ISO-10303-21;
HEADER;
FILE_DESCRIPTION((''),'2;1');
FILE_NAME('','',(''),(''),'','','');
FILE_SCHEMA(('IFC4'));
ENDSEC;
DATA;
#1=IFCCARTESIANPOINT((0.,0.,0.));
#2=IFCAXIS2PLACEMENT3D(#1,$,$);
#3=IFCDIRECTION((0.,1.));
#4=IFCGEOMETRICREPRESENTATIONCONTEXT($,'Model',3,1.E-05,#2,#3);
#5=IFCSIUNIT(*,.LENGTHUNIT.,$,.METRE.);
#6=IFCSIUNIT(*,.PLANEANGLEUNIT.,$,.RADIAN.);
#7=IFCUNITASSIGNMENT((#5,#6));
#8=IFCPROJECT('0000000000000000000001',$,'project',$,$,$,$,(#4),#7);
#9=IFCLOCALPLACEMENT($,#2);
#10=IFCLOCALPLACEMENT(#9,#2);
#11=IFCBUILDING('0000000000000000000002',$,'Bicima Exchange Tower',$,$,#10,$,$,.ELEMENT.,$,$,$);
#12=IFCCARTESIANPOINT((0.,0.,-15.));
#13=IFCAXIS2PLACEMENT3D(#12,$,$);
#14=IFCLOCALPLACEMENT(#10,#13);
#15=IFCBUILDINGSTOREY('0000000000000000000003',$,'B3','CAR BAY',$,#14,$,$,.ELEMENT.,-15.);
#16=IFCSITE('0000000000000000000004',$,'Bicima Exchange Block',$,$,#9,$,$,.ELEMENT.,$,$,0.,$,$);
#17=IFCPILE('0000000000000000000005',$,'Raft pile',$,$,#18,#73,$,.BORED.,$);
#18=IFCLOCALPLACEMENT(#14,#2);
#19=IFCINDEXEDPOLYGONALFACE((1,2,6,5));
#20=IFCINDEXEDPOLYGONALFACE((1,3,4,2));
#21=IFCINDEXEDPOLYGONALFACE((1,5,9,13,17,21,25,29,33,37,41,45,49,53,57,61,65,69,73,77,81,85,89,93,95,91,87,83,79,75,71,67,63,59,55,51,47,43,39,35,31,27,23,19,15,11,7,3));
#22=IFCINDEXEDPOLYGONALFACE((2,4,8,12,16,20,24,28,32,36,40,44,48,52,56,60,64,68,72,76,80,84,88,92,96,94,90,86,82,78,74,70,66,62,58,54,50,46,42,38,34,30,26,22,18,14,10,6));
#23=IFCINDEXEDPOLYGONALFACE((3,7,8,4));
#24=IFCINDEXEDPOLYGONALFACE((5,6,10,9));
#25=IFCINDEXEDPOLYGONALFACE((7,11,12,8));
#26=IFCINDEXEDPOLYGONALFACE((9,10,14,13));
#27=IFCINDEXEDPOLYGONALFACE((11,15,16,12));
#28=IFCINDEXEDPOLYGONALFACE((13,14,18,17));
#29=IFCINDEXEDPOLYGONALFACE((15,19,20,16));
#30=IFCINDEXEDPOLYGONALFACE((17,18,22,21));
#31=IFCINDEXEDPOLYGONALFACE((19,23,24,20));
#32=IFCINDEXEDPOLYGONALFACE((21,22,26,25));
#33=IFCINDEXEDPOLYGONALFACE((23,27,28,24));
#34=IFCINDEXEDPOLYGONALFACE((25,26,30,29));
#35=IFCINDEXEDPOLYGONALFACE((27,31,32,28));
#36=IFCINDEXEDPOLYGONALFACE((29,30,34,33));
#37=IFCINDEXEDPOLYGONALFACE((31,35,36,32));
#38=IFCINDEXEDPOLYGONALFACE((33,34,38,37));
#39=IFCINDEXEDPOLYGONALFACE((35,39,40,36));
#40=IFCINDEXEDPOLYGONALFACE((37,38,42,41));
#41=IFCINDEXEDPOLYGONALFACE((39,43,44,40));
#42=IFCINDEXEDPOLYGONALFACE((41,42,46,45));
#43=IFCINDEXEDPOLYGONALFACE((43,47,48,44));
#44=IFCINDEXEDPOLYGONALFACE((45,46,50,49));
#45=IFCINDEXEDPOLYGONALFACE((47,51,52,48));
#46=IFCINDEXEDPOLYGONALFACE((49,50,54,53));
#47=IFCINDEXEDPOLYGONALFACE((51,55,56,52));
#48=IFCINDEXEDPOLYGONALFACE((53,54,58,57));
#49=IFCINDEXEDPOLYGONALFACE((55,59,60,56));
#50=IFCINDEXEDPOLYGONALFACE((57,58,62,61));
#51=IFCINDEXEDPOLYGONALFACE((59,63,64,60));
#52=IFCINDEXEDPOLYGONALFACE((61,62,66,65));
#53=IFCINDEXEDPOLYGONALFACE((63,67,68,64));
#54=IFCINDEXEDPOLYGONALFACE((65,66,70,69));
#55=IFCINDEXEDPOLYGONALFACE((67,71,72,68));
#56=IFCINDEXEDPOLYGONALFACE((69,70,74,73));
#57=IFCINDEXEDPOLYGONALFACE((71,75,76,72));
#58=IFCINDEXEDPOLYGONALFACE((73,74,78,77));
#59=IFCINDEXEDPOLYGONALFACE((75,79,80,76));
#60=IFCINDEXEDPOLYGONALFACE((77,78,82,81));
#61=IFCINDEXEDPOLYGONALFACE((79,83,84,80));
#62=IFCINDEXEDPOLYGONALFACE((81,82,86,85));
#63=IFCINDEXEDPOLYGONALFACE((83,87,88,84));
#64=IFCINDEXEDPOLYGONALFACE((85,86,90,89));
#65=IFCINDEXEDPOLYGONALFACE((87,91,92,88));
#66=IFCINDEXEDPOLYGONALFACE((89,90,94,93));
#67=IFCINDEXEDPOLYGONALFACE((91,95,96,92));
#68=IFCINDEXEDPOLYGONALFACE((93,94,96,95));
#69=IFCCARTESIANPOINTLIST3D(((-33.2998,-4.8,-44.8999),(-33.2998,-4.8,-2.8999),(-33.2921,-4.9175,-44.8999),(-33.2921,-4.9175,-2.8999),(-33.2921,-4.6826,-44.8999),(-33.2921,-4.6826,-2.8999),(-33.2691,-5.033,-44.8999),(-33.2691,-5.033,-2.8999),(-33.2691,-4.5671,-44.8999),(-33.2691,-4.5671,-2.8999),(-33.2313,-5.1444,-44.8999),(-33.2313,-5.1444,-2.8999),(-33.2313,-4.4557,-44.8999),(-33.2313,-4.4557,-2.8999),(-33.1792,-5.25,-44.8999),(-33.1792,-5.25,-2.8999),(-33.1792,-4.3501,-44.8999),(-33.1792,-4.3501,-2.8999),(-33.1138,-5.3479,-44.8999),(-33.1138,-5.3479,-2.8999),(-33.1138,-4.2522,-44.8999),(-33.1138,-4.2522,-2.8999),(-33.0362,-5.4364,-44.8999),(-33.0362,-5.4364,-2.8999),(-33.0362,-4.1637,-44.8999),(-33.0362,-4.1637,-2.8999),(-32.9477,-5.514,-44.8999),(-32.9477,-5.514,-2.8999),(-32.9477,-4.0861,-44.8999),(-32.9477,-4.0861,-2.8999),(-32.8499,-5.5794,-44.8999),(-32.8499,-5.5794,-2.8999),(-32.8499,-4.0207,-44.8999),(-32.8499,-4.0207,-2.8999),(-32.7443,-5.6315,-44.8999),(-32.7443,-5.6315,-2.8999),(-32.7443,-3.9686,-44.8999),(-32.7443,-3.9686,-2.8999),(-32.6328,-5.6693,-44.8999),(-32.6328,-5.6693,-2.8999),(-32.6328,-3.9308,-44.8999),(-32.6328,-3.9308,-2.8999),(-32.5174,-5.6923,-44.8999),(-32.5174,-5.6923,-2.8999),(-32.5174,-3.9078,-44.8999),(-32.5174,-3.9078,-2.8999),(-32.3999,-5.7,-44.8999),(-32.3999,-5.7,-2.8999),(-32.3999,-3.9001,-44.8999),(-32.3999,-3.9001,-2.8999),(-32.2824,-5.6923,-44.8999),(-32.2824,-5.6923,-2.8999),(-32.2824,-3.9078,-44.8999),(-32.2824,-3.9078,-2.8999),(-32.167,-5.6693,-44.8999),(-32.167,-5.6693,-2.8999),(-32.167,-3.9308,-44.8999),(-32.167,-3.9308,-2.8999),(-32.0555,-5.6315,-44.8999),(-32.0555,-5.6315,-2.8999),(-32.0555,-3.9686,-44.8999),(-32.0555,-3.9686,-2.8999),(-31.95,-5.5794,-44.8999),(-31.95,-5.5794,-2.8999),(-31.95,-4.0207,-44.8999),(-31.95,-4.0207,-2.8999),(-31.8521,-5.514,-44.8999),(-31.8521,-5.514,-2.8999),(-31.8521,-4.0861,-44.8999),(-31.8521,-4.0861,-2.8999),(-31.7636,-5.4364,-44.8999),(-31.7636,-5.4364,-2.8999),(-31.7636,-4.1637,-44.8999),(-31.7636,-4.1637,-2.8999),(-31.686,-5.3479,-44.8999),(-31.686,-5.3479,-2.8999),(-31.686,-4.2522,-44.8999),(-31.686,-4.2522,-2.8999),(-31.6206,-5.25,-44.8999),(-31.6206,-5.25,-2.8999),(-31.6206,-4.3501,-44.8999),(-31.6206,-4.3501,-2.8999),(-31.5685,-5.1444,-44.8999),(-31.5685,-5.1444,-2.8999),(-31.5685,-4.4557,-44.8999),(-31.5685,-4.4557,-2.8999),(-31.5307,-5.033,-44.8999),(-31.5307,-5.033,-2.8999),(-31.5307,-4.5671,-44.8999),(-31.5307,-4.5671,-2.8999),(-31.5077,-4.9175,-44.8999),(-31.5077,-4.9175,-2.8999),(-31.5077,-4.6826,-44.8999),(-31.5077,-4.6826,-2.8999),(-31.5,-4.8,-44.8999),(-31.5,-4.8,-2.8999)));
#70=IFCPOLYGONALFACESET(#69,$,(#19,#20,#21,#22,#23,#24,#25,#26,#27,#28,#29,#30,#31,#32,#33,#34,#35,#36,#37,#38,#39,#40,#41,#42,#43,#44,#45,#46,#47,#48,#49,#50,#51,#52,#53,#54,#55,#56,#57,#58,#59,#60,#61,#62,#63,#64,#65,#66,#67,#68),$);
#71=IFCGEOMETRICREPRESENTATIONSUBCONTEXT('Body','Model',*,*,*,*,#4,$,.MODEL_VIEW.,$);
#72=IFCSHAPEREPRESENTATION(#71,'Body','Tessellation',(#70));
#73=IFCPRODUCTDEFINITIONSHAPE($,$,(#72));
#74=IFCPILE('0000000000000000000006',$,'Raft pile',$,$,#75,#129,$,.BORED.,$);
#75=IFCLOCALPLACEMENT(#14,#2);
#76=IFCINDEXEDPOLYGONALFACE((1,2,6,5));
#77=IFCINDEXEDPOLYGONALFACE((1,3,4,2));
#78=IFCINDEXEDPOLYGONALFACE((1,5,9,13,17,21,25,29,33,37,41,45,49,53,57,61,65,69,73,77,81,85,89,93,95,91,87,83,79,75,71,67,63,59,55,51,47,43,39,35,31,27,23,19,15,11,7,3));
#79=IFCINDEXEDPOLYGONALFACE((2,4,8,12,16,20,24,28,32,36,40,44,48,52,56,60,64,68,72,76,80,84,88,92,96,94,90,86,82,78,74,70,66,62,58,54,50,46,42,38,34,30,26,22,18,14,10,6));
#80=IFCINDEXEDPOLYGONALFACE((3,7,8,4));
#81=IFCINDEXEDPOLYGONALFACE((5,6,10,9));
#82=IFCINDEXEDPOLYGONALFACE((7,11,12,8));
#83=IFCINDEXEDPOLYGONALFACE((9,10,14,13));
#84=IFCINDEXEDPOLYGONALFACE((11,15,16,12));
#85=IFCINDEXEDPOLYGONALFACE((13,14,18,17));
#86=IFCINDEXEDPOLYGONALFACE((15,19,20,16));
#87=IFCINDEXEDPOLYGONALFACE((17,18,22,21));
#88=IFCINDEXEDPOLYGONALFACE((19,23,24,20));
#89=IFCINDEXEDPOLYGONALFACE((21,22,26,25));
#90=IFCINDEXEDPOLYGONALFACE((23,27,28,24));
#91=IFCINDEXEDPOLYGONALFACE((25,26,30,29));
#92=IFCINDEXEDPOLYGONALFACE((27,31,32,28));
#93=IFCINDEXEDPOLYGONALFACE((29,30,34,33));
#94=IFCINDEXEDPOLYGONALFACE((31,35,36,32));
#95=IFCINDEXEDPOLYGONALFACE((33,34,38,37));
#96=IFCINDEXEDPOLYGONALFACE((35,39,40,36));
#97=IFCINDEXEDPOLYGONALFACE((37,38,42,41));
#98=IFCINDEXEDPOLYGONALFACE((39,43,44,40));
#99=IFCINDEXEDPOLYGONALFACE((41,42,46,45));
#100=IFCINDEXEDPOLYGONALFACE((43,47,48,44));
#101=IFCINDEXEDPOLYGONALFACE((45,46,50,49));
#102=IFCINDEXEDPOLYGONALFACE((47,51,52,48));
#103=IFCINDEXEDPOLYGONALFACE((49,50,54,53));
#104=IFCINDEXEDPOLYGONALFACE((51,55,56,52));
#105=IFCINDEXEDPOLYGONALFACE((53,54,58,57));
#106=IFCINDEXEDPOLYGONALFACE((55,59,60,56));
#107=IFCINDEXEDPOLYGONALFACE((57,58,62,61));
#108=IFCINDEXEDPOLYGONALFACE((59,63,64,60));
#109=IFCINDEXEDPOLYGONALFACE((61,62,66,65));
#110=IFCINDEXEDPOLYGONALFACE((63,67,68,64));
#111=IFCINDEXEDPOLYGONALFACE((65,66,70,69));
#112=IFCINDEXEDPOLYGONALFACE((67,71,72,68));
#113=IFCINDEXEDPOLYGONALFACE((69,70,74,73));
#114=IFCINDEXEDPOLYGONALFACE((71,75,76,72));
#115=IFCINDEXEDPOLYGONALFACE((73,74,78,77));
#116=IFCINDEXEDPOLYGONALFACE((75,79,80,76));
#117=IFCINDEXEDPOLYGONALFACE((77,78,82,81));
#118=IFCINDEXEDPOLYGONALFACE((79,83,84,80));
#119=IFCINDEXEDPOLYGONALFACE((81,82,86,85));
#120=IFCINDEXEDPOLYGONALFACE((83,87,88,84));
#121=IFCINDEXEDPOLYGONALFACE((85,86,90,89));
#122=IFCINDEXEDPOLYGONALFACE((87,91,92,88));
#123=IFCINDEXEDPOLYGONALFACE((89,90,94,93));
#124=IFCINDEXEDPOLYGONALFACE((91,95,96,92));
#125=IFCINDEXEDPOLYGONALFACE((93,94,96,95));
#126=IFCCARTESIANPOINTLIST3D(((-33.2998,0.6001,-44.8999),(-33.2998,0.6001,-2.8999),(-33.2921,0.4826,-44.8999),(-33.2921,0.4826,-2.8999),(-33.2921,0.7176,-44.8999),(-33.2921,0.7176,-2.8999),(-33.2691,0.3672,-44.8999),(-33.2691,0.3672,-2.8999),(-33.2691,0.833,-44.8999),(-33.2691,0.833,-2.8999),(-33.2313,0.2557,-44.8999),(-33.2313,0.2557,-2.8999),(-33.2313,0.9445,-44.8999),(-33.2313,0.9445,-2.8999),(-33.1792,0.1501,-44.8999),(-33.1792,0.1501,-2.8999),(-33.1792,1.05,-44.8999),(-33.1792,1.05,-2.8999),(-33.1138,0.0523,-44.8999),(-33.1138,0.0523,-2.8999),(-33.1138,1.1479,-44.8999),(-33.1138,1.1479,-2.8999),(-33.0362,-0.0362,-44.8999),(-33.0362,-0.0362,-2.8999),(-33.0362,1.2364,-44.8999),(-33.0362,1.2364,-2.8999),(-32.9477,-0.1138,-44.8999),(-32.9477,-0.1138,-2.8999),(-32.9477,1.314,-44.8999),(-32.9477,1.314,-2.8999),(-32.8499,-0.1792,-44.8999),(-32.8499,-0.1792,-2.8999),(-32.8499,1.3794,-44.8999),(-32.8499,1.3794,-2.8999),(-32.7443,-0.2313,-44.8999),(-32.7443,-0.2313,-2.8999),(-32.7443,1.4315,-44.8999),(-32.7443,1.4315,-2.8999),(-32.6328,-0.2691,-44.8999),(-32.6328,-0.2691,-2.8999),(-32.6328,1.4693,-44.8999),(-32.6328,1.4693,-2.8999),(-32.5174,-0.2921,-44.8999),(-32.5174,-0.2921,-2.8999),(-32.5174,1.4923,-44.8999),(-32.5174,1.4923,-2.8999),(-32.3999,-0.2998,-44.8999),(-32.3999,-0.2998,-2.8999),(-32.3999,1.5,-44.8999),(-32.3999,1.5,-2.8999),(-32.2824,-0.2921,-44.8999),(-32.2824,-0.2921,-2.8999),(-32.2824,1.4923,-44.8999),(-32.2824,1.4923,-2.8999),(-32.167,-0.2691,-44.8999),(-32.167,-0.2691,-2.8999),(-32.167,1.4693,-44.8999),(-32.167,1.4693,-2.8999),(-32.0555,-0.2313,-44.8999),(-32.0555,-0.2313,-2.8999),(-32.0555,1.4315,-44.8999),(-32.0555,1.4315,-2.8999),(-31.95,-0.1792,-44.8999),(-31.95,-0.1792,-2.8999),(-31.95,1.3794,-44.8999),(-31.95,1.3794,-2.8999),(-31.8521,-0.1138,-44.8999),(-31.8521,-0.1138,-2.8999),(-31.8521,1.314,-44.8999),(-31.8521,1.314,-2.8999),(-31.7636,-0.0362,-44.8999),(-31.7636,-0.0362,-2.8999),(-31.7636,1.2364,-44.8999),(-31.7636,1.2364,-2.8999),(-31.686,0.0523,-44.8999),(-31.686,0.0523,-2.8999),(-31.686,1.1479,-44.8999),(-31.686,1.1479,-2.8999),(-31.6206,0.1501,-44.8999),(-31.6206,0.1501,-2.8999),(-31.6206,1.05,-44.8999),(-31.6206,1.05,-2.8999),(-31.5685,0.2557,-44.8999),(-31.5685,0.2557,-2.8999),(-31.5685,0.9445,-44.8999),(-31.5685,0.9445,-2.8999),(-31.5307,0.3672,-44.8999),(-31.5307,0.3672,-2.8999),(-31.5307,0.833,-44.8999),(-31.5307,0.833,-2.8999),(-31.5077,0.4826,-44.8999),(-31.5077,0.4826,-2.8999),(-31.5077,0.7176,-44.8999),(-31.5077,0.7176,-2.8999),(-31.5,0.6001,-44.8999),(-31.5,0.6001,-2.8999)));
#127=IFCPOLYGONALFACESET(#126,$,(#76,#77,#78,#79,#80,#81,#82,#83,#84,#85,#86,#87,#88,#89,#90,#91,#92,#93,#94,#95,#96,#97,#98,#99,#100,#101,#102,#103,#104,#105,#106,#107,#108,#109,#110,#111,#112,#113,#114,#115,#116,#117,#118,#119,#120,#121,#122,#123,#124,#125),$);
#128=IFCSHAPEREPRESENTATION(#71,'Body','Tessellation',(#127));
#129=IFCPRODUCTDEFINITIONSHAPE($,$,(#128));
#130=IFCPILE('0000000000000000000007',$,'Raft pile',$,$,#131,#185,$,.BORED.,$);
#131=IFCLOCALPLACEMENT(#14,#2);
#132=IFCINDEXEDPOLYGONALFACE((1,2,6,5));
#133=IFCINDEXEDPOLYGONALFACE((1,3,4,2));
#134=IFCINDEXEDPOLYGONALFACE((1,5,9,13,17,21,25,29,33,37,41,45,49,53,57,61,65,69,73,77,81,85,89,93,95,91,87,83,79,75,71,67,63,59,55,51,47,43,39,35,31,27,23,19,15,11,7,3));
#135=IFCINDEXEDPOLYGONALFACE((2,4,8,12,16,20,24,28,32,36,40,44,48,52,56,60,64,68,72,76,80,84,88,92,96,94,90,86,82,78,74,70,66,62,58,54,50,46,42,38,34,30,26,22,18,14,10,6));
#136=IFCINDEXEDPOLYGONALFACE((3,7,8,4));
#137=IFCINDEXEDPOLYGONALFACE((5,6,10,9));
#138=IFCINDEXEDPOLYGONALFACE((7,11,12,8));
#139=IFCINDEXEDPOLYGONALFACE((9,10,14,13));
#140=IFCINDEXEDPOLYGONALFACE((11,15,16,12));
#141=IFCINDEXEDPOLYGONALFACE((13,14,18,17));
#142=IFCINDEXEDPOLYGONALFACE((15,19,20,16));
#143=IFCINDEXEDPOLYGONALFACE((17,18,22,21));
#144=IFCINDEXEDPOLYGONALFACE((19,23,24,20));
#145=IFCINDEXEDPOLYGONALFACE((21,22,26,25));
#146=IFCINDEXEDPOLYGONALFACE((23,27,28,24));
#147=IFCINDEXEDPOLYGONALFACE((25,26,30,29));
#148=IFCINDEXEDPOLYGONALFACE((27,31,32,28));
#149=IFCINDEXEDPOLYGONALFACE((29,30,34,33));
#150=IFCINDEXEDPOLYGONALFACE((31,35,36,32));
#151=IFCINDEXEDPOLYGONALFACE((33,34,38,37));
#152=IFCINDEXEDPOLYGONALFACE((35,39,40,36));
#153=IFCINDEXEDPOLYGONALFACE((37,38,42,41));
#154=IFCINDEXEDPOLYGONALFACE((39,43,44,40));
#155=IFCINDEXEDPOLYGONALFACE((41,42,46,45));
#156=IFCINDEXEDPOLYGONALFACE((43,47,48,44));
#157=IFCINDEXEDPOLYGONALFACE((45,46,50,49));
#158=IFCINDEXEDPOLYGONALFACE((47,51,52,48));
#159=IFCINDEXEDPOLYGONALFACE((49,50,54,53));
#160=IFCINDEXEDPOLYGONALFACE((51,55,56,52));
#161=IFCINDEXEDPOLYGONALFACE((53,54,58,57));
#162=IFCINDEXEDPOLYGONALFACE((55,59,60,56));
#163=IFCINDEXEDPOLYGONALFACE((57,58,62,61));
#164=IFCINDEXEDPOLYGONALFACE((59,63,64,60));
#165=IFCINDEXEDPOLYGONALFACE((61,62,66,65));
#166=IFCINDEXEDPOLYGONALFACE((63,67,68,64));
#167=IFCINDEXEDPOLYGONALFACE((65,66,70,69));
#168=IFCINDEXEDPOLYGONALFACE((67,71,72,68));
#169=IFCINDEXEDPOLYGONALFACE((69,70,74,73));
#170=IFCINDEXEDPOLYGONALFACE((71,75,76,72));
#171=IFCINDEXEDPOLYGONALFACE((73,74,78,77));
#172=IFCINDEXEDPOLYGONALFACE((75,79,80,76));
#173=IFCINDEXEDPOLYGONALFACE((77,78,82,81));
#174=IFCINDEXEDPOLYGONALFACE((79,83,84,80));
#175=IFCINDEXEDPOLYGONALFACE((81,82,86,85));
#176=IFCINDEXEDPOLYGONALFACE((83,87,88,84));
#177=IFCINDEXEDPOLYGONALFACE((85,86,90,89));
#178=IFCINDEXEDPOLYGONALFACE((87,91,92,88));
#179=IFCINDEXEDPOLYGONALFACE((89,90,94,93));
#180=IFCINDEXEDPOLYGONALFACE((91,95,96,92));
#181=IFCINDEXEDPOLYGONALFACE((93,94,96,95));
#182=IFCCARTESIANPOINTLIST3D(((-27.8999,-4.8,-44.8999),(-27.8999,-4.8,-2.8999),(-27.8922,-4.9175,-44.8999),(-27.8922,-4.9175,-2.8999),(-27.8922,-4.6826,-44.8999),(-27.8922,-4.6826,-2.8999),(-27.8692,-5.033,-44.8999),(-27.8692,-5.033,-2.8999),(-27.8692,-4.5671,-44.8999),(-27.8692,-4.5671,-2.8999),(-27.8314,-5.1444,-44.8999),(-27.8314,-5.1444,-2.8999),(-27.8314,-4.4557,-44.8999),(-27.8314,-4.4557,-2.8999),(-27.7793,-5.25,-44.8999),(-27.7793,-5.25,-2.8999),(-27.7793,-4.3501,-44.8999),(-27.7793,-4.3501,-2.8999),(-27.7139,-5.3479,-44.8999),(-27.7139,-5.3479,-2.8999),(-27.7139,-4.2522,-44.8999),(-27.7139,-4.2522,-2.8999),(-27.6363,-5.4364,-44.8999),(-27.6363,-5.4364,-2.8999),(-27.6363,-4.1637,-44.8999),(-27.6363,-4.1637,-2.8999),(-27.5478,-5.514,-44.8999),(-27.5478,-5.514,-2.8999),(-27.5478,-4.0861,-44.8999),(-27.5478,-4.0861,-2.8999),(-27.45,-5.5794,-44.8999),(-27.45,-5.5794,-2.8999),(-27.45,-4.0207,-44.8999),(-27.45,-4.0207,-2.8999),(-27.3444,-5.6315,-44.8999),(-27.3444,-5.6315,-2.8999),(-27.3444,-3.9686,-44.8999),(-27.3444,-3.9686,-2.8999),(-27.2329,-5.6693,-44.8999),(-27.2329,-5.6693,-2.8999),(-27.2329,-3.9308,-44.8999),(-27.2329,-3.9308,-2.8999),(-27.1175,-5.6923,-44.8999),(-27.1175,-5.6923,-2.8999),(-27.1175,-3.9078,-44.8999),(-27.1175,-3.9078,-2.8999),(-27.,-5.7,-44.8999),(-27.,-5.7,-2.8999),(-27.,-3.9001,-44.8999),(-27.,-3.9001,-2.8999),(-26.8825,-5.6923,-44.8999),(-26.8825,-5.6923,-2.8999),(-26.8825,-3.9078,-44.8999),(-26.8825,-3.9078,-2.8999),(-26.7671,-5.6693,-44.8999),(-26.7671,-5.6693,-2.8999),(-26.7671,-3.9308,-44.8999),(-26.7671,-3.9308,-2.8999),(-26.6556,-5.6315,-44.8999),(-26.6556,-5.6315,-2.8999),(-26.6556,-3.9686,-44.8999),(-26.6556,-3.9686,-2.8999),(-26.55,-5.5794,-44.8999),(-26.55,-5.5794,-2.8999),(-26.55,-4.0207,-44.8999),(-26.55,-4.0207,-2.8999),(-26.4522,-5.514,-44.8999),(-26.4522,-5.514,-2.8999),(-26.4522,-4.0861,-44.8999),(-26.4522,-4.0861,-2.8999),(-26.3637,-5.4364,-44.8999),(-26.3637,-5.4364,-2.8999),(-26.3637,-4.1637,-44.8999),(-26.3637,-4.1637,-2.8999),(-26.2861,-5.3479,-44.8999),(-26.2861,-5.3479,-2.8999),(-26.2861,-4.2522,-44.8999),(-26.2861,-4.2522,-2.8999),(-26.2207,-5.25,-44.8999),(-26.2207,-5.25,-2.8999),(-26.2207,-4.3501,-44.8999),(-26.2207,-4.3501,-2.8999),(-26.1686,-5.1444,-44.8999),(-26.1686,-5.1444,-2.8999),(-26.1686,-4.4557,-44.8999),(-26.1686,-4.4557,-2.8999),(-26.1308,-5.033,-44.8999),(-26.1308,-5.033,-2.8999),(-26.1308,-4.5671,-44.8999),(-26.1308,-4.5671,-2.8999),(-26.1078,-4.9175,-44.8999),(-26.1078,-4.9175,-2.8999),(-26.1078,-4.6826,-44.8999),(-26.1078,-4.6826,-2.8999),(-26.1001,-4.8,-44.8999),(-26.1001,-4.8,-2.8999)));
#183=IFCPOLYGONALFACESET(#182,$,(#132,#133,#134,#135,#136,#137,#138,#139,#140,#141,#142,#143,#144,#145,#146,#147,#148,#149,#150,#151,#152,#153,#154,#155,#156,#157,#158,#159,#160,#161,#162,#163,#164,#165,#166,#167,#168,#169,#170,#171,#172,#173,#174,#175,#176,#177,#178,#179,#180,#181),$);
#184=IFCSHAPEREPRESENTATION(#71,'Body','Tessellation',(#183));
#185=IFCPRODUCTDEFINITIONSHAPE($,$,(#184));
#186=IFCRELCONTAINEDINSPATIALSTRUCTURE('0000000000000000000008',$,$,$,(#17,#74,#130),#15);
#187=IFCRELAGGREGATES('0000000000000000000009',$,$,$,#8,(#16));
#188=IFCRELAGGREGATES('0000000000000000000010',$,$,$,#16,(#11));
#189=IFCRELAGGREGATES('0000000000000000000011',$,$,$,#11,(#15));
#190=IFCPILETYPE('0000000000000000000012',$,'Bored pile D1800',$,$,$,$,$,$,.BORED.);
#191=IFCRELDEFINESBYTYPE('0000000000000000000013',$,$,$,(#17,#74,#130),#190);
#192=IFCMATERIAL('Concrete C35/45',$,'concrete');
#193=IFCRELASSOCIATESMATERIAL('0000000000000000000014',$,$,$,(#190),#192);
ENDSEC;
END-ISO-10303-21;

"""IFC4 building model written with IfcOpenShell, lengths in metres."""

from ifc_helpers import new_model, si_unit, direction, frame, origin, origin_2d, place, context, subcontext, project, spatial, circle, extrude, material, material_profile, profile_set, type_object, element, save


model = new_model("IFC4")

# Units and contexts
model_context = context("Model", 3, precision=1e-05, world=origin(), true_north=direction((0.0, 1.0)))
body_context = subcontext(model_context, "Body", "Model", "MODEL_VIEW")
ifc_project = project(units=[si_unit("LENGTHUNIT", "METRE"), si_unit("PLANEANGLEUNIT", "RADIAN")], contexts=[model_context])

# Site, building, storey
site_placement = place(None, origin())
site = spatial("IfcSite", under=ifc_project, at=site_placement, Name="Bicima Exchange Block", CompositionType="ELEMENT", RefElevation=0.0)
building_placement = place(site_placement, origin())
building = spatial("IfcBuilding", under=site, at=building_placement, Name="Bicima Exchange Tower", CompositionType="ELEMENT")
storey_placement = place(building_placement, frame((0.0, 0.0, -15.0)))
storey = spatial("IfcBuildingStorey", under=building, at=storey_placement, Name="B3", Description="CAR BAY", CompositionType="ELEMENT", Elevation=-15.0)

# Piles
ifc_material_1 = material(Name="Concrete C35/45", Category="concrete")
ifc_material_profile_1 = material_profile(ifc_material_1, circle(Radius=0.8999, at=origin_2d()))
ifc_profile_set_1 = profile_set([ifc_material_profile_1], Name="Concrete C35/45")
pile_type = type_object("IfcPileType", Name="Bored pile D1800", PredefinedType="BORED", material=ifc_profile_set_1)
for number, where, z_axis, x_axis, name in (
    (1, (-32.3999, -4.8, -2.8999), (0.0, 0.0, -1.0), (1.0, 0.0, 0.0), "Raft pile"),
    (2, (-32.3999, 0.6001, -2.8999), (0.0, 0.0, -1.0), (1.0, 0.0, 0.0), "Raft pile"),
    (3, (-27.0, -4.8, -2.8999), (0.0, 0.0, -1.0), (1.0, 0.0, 0.0), "Raft pile"),
):
    element("IfcPile", number, at=place(storey_placement, frame(where, z_axis=z_axis, x_axis=x_axis)), inside=storey, type_object=pile_type, Name=name, PredefinedType="BORED", context=body_context, shape_type="SweptSolid", body=[
        extrude(circle(Radius=0.8999, at=origin_2d()), origin(), (0.0, 0.0, 1.0), 42.0),
    ])

save(model, "model.ifc")
